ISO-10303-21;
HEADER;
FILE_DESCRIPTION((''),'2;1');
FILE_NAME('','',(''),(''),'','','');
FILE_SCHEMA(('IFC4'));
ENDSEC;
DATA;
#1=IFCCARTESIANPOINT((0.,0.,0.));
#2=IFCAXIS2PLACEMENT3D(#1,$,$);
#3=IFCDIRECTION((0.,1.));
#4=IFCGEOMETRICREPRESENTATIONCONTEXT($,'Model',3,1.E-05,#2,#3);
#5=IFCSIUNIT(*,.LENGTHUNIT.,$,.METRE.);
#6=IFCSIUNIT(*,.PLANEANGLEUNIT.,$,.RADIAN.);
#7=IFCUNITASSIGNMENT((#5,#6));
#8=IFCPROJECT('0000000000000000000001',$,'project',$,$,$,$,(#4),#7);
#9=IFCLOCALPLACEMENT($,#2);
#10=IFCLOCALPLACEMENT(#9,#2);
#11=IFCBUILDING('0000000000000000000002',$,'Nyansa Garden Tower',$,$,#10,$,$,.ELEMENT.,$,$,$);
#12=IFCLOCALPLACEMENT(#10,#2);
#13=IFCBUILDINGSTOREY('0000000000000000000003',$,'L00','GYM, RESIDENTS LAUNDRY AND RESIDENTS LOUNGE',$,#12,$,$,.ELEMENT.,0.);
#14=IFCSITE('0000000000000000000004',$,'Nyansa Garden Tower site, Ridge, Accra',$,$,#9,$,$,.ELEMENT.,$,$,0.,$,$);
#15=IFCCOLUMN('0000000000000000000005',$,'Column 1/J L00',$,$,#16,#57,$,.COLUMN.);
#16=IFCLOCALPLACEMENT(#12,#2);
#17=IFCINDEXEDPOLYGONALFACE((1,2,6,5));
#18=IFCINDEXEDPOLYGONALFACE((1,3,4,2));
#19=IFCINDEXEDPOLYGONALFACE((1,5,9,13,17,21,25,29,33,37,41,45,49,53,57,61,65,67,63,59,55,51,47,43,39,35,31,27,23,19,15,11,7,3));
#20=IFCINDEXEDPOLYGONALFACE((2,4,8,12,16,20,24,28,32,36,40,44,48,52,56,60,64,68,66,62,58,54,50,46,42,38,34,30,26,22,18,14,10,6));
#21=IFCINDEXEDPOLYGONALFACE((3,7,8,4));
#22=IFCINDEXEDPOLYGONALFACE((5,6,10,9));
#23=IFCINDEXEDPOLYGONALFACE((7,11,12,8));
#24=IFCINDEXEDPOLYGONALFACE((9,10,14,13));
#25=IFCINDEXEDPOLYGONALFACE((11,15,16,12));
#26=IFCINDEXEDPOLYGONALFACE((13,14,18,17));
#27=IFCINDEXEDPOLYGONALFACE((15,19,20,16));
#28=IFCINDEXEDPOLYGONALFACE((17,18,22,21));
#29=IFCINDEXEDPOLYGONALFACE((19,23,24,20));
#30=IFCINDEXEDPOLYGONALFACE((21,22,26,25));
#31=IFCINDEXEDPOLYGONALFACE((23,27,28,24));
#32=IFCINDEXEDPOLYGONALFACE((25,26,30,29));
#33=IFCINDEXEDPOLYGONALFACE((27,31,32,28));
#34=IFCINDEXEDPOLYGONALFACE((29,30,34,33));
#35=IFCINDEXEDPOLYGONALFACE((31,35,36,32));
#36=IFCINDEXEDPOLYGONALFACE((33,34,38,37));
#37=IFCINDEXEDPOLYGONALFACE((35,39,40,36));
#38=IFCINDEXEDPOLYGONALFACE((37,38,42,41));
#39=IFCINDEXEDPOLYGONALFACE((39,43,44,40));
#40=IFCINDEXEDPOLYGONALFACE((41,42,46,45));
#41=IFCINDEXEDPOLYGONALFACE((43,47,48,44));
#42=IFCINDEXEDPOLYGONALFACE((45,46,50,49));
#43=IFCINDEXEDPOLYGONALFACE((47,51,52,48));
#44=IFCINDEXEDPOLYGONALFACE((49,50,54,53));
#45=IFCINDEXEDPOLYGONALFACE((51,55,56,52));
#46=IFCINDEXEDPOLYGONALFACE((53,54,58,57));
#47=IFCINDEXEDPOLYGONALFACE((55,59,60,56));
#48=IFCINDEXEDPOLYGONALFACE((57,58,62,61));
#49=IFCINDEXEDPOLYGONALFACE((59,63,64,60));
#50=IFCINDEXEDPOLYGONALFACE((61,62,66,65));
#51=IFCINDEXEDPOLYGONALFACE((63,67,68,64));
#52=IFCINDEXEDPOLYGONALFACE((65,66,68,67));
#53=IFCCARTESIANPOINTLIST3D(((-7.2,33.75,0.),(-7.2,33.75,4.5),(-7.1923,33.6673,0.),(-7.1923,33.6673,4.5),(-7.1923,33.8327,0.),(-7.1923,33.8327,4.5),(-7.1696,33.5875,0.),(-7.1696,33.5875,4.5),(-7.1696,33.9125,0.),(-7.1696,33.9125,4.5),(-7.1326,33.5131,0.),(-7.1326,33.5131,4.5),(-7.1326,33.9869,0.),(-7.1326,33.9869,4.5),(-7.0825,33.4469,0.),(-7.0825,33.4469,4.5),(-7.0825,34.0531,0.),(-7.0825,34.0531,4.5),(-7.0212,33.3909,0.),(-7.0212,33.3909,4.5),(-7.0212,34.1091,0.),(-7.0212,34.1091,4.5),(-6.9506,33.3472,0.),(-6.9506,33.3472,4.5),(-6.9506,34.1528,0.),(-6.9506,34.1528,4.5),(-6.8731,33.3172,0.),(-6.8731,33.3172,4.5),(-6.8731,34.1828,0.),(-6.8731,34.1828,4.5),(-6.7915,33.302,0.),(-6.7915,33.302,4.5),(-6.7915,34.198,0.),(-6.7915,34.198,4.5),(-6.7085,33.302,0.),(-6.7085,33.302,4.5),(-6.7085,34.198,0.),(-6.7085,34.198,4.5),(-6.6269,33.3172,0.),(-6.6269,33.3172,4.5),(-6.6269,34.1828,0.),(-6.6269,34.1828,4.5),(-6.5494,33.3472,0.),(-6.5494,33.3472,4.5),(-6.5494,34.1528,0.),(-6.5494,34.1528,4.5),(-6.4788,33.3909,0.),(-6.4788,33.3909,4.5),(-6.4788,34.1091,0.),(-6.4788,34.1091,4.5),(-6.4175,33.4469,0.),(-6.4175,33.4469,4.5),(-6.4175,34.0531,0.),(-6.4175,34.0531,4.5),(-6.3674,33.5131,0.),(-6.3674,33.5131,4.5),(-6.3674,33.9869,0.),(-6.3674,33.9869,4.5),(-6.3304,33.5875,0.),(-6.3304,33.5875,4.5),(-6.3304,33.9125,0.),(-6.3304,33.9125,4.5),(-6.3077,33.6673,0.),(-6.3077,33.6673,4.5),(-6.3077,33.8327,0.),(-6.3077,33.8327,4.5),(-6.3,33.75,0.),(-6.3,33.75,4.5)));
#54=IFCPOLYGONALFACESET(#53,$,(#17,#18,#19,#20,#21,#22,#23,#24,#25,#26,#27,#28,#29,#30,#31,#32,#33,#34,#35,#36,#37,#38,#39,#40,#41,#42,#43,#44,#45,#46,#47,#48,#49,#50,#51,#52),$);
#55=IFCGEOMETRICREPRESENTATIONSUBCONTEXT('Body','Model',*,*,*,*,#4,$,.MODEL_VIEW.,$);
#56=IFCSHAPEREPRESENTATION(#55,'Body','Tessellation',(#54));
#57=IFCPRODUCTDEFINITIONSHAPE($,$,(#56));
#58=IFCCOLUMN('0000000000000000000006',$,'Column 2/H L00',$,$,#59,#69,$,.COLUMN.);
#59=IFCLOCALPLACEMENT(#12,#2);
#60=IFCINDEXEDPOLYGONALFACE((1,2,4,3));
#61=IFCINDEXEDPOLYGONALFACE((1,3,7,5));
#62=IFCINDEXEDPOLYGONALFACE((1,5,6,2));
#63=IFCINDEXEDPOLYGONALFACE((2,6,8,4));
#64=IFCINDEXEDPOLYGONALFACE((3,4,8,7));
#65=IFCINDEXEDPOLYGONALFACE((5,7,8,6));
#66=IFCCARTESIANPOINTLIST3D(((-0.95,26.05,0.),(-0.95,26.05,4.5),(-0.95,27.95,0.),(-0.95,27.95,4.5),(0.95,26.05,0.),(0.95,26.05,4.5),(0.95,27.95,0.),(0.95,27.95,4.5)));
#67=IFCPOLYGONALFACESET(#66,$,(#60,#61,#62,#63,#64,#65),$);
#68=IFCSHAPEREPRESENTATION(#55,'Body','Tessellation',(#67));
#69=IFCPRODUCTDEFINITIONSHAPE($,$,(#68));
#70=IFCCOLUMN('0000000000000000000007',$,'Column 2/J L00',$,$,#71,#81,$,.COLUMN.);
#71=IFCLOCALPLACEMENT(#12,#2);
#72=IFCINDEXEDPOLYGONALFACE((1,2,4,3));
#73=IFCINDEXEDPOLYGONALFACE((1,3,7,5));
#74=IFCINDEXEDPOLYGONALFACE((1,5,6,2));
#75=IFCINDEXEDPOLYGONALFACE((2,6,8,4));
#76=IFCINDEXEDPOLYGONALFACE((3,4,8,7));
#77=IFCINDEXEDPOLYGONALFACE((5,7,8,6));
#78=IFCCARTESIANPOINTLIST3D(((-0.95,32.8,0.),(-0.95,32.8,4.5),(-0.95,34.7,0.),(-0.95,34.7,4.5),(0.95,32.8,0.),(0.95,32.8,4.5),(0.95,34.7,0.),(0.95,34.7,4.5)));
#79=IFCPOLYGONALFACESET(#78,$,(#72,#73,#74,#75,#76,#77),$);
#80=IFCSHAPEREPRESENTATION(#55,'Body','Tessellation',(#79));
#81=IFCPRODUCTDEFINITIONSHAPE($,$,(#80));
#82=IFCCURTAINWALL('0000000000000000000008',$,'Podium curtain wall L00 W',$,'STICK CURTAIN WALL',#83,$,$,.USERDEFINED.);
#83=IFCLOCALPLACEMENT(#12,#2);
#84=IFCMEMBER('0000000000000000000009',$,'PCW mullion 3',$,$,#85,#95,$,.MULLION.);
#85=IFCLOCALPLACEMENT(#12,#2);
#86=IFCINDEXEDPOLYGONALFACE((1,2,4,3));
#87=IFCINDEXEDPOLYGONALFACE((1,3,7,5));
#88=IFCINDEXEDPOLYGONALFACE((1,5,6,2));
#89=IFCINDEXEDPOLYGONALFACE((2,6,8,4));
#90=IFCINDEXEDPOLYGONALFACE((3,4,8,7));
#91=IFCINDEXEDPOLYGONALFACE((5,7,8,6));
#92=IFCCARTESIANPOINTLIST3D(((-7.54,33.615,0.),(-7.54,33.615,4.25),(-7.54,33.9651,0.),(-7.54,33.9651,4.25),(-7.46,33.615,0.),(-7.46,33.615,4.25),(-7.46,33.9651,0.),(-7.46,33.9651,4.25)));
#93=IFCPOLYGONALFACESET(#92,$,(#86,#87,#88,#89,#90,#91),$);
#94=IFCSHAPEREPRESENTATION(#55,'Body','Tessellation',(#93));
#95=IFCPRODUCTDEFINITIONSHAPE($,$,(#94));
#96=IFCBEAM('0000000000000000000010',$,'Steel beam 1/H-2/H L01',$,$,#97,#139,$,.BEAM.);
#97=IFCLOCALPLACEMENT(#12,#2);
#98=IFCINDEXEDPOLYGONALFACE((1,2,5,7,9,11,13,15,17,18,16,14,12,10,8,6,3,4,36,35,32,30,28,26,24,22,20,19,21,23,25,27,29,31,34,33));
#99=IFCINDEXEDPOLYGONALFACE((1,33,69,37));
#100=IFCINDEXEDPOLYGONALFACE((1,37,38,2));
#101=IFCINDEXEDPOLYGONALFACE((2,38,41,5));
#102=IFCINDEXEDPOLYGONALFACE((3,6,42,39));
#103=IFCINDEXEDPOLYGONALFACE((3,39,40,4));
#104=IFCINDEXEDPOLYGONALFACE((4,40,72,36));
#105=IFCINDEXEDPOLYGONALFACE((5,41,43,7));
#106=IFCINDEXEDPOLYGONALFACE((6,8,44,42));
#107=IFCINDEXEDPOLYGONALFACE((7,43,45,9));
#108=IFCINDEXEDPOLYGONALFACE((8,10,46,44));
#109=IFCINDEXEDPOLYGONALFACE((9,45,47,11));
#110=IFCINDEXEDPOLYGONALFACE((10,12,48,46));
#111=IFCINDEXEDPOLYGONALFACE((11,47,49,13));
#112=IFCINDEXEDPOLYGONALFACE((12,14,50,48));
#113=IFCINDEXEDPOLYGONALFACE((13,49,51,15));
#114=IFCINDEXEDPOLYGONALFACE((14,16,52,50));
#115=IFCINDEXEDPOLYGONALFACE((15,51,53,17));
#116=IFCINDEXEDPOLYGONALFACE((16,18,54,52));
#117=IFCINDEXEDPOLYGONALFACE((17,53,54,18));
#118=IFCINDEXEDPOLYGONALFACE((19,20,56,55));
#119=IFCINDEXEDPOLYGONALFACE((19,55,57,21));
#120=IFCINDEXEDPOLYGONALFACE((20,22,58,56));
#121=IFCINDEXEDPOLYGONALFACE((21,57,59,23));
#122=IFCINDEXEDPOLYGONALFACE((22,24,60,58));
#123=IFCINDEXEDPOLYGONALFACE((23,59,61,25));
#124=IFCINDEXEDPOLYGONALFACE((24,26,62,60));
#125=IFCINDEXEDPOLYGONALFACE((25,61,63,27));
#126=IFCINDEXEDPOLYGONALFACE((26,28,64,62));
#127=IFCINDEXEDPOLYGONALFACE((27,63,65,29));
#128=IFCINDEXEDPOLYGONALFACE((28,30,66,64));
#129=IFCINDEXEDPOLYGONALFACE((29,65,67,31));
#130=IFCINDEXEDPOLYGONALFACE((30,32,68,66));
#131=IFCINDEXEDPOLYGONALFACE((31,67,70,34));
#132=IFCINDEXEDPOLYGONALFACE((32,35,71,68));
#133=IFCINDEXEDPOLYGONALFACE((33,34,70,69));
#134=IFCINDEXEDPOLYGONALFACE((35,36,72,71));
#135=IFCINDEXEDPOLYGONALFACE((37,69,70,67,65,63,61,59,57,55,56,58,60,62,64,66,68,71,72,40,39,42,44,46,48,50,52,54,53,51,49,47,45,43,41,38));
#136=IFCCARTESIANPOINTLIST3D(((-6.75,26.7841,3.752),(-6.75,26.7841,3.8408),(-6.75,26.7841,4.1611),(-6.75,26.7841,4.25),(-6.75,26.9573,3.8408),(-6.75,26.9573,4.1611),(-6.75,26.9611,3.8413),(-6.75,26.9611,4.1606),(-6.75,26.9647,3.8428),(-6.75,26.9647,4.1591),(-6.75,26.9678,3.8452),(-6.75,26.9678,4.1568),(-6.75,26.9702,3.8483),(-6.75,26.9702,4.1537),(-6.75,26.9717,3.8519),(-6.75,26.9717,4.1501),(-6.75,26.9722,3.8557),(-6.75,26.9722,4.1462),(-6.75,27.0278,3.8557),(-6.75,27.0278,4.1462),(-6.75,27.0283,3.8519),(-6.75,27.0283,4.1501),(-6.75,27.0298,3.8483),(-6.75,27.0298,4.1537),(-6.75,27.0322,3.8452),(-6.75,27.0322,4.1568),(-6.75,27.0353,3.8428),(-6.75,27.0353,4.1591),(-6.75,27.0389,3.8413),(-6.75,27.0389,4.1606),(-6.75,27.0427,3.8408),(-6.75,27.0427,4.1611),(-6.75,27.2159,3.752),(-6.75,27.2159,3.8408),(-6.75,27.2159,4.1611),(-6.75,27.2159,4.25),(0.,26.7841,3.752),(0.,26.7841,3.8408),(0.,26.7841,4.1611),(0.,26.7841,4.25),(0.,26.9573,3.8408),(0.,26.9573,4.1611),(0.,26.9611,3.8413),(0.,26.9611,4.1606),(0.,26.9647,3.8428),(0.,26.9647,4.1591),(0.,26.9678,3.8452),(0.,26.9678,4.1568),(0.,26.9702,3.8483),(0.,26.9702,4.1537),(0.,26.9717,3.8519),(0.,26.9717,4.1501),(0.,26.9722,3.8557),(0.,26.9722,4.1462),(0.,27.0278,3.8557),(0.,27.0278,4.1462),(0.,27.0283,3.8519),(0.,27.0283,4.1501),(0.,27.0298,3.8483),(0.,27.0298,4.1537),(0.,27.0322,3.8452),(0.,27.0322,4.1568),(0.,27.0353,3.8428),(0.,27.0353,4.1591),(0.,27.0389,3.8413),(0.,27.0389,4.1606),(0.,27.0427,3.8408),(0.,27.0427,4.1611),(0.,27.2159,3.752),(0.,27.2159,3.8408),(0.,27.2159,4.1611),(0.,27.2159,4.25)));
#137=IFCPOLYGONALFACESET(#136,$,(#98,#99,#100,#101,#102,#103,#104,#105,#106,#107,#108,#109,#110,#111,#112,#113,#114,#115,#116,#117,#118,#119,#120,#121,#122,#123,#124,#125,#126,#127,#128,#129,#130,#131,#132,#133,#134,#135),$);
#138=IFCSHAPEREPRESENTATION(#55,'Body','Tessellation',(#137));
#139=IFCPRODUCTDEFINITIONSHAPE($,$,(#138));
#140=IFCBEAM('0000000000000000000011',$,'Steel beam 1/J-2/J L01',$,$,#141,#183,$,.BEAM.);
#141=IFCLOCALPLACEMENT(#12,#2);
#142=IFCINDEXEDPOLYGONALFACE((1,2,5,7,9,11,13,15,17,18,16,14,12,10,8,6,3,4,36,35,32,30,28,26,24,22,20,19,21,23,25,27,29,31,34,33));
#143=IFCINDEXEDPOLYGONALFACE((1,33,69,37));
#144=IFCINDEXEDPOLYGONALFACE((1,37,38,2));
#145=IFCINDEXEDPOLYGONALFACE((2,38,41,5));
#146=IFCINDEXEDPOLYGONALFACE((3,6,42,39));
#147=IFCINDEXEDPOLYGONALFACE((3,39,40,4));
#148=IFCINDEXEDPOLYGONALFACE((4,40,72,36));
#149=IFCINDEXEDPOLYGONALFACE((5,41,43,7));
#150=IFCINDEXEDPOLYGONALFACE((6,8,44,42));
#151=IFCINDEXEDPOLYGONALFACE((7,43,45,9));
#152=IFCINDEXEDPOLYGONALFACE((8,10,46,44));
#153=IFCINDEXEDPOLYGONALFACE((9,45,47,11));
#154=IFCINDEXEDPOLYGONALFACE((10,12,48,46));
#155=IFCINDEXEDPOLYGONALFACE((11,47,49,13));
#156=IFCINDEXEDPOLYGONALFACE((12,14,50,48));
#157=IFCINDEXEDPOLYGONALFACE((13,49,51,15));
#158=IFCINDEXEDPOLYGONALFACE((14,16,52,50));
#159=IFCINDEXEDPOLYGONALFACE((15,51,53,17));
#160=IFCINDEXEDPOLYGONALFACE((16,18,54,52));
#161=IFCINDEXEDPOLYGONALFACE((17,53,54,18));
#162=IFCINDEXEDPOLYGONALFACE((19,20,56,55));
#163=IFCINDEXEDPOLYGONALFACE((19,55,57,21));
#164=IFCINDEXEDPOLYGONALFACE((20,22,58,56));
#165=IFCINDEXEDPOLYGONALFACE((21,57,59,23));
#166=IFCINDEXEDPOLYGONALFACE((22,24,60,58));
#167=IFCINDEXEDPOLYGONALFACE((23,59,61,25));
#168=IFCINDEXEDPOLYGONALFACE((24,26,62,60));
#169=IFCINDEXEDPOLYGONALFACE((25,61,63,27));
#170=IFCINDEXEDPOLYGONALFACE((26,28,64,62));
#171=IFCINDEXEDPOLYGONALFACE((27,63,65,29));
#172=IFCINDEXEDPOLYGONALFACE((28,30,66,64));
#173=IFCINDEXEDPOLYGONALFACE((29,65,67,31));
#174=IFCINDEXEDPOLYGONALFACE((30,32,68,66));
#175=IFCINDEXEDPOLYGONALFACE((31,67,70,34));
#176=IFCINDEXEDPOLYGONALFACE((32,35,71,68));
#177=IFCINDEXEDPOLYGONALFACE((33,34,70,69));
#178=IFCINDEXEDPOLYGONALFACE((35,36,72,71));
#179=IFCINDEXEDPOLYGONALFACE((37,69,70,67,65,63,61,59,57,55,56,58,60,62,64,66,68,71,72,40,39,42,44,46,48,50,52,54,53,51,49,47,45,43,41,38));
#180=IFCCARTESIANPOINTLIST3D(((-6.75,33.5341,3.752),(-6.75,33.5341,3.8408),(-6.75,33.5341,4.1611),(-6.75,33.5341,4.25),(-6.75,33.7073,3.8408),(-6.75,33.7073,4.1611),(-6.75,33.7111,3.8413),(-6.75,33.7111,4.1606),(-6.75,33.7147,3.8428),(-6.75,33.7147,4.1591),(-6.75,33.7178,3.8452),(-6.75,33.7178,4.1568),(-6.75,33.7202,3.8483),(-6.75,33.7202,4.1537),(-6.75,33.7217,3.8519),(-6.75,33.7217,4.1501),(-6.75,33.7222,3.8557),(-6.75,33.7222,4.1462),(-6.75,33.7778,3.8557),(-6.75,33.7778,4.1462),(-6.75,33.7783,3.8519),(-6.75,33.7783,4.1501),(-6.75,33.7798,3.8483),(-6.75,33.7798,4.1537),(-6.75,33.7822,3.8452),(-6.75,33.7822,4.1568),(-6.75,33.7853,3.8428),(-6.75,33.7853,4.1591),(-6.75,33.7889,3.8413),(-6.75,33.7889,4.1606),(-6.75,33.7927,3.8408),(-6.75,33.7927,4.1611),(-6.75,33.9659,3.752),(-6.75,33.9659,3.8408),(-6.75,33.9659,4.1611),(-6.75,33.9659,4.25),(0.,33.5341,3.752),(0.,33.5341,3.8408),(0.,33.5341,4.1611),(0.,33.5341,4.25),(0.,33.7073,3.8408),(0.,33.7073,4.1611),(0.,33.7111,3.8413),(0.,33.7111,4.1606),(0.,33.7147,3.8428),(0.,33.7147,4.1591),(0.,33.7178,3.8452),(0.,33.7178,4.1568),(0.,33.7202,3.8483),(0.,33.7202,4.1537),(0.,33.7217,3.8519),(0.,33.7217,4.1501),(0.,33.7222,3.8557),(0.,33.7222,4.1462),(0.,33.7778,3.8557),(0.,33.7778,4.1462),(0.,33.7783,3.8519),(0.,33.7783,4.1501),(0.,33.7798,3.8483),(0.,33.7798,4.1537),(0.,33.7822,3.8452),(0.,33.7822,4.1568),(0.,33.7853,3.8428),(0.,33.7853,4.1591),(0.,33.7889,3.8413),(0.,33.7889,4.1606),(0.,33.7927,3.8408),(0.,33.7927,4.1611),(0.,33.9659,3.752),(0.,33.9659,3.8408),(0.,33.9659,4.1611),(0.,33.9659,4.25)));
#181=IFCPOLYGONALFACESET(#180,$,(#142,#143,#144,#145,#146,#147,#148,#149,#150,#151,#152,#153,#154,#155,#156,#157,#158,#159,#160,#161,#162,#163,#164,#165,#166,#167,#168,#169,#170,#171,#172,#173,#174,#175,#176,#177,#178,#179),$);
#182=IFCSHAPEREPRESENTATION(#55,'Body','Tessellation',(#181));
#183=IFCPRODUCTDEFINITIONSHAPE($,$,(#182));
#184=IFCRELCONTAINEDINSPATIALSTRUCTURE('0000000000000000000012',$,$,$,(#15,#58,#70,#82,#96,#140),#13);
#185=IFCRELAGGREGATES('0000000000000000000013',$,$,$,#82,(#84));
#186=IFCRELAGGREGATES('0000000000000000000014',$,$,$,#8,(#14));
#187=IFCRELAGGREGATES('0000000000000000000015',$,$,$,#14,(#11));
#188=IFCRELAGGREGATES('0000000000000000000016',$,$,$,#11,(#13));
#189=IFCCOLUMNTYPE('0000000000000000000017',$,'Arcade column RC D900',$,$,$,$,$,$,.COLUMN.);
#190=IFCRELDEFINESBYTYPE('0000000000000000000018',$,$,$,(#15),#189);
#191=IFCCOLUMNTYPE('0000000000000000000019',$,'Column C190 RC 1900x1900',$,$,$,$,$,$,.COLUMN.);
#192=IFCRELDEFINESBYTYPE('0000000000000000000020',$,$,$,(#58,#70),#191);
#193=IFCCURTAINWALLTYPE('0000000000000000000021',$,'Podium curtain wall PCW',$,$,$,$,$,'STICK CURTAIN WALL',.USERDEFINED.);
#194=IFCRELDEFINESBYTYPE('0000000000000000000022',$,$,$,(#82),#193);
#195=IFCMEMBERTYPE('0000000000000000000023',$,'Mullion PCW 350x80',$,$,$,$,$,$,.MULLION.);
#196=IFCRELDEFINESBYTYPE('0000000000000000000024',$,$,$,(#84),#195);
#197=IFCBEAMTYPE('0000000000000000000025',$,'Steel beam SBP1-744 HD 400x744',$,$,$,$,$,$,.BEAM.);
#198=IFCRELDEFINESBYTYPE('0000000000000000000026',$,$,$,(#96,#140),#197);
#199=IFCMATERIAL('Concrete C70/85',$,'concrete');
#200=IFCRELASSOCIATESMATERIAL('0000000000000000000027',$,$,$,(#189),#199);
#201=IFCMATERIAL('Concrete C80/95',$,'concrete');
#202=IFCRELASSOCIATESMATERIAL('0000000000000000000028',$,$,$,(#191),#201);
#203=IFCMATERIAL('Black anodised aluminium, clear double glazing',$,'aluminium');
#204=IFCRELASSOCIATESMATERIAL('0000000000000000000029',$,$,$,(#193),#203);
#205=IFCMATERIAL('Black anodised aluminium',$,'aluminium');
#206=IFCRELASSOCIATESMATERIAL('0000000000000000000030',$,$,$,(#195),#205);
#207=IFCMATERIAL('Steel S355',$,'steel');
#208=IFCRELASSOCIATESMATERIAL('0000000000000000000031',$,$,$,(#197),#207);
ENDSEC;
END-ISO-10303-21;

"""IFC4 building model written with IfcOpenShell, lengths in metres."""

from ifc_helpers import new_model, si_unit, direction, frame, origin, origin_2d, place, context, subcontext, project, spatial, rectangle, circle, i_section, extrude, material, material_profile, profile_set, type_object, element, aggregate, save


model = new_model("IFC4")

# Units and contexts
model_context = context("Model", 3, precision=1e-05, world=origin(), true_north=direction((0.0, 1.0)))
body_context = subcontext(model_context, "Body", "Model", "MODEL_VIEW")
ifc_project = project(units=[si_unit("LENGTHUNIT", "METRE"), si_unit("PLANEANGLEUNIT", "RADIAN")], contexts=[model_context])

# Site, building, storey
site_placement = place(None, origin())
site = spatial("IfcSite", under=ifc_project, at=site_placement, Name="Nyansa Garden Tower site, Ridge, Accra", CompositionType="ELEMENT", RefElevation=0.0)
building_placement = place(site_placement, origin())
building = spatial("IfcBuilding", under=site, at=building_placement, Name="Nyansa Garden Tower", CompositionType="ELEMENT")
storey_placement = place(building_placement, origin())
storey = spatial("IfcBuildingStorey", under=building, at=storey_placement, Name="L00", Description="GYM, RESIDENTS LAUNDRY AND RESIDENTS LOUNGE", CompositionType="ELEMENT", Elevation=0.0)

# Columns
ifc_material_1 = material(Name="Concrete C70/85", Category="concrete")
ifc_material_profile_1 = material_profile(ifc_material_1, circle(Radius=0.45, at=origin_2d()), Name="RC D900")
ifc_profile_set_1 = profile_set([ifc_material_profile_1], Name="Concrete C70/85")
column_type_1 = type_object("IfcColumnType", Name="Arcade column RC D900", PredefinedType="COLUMN", material=ifc_profile_set_1)
column_placement = place(storey_placement, frame((-6.75, 33.75, 0.0), z_axis=(0.0, 0.0, 1.0), x_axis=(1.0, 0.0, 0.0)))
element("IfcColumn", 1, at=column_placement, inside=storey, type_object=column_type_1, Name="Column 1/J L00", PredefinedType="COLUMN", context=body_context, shape_type="SweptSolid", body=[
    extrude(circle(Radius=0.45, at=origin_2d()), origin(), (0.0, 0.0, 1.0), 4.5),
])
ifc_material_2 = material(Name="Concrete C80/95", Category="concrete")
ifc_material_profile_2 = material_profile(ifc_material_2, rectangle(XDim=1.8999, YDim=1.8999, at=origin_2d()), Name="RC 1900x1900")
ifc_profile_set_2 = profile_set([ifc_material_profile_2], Name="Concrete C80/95")
column_type_2 = type_object("IfcColumnType", Name="Column C190 RC 1900x1900", PredefinedType="COLUMN", material=ifc_profile_set_2)
for number, where, z_axis, x_axis, name in (
    (2, (0.0, 27.0, 0.0), (0.0, 0.0, 1.0), (1.0, 0.0, 0.0), "Column 2/H L00"),
    (3, (0.0, 33.75, 0.0), (0.0, 0.0, 1.0), (1.0, 0.0, 0.0), "Column 2/J L00"),
):
    element("IfcColumn", number, at=place(storey_placement, frame(where, z_axis=z_axis, x_axis=x_axis)), inside=storey, type_object=column_type_2, Name=name, PredefinedType="COLUMN", context=body_context, shape_type="SweptSolid", body=[
        extrude(rectangle(XDim=1.8999, YDim=1.8999, at=origin_2d()), origin(), (0.0, 0.0, 1.0), 4.5),
    ])

# Curtain wall, member
ifc_material_3 = material(Name="Black anodised aluminium, clear double glazing", Category="aluminium")
curtain_wall_type = type_object("IfcCurtainWallType", Name="Podium curtain wall PCW", ElementType="STICK CURTAIN WALL", PredefinedType="USERDEFINED", material=ifc_material_3)
curtain_wall_placement = place(storey_placement, origin())
curtain_wall = element("IfcCurtainWall", 4, at=curtain_wall_placement, inside=storey, type_object=curtain_wall_type, Name="Podium curtain wall L00 W", ObjectType="STICK CURTAIN WALL", PredefinedType="USERDEFINED")
ifc_material_4 = material(Name="Black anodised aluminium", Category="aluminium")
ifc_material_profile_3 = material_profile(ifc_material_4, rectangle(XDim=0.0801, YDim=0.3501, at=origin_2d()), Name="Mullion 350x80")
ifc_profile_set_3 = profile_set([ifc_material_profile_3], Name="Black anodised aluminium")
member_type = type_object("IfcMemberType", Name="Mullion PCW 350x80", PredefinedType="MULLION", material=ifc_profile_set_3)
member_placement = place(storey_placement, frame((-7.5, 33.79, 0.0), z_axis=(0.0, 0.0, 1.0), x_axis=(1.0, 0.0, 0.0)))
member = element("IfcMember", 5, at=member_placement, type_object=member_type, Name="PCW mullion 3", PredefinedType="MULLION", context=body_context, shape_type="SweptSolid", body=[
    extrude(rectangle(XDim=0.0801, YDim=0.3501, at=origin_2d()), origin(), (0.0, 0.0, 1.0), 4.25),
])

# Beams
ifc_material_5 = material(Name="Steel S355", Category="steel")
ifc_material_profile_4 = material_profile(ifc_material_5, i_section(OverallWidth=0.4319, OverallDepth=0.498, WebThickness=0.0557, FlangeThickness=0.0889, FilletRadius=0.0149, at=origin_2d()), Name="HD 400x744")
ifc_profile_set_4 = profile_set([ifc_material_profile_4], Name="Steel S355")
beam_type_1 = type_object("IfcBeamType", Name="Steel beam SBP1-744 HD 400x744", PredefinedType="BEAM", material=ifc_profile_set_4)
for number, where, z_axis, x_axis, name in (
    (6, (-6.75, 27.0, 4.001), (1.0, 0.0, 0.0), (0.0, 1.0, 0.0), "Steel beam 1/H-2/H L01"),
    (7, (-6.75, 33.75, 4.001), (1.0, 0.0, 0.0), (0.0, 1.0, 0.0), "Steel beam 1/J-2/J L01"),
):
    element("IfcBeam", number, at=place(storey_placement, frame(where, z_axis=z_axis, x_axis=x_axis)), inside=storey, type_object=beam_type_1, Name=name, PredefinedType="BEAM", context=body_context, shape_type="SweptSolid", body=[
        extrude(i_section(OverallWidth=0.4319, OverallDepth=0.498, WebThickness=0.0557, FlangeThickness=0.0889, FilletRadius=0.0149, at=origin_2d()), origin(), (0.0, 0.0, 1.0), 6.75),
    ])

aggregate(curtain_wall, [member])

save(model, "model.ifc")
